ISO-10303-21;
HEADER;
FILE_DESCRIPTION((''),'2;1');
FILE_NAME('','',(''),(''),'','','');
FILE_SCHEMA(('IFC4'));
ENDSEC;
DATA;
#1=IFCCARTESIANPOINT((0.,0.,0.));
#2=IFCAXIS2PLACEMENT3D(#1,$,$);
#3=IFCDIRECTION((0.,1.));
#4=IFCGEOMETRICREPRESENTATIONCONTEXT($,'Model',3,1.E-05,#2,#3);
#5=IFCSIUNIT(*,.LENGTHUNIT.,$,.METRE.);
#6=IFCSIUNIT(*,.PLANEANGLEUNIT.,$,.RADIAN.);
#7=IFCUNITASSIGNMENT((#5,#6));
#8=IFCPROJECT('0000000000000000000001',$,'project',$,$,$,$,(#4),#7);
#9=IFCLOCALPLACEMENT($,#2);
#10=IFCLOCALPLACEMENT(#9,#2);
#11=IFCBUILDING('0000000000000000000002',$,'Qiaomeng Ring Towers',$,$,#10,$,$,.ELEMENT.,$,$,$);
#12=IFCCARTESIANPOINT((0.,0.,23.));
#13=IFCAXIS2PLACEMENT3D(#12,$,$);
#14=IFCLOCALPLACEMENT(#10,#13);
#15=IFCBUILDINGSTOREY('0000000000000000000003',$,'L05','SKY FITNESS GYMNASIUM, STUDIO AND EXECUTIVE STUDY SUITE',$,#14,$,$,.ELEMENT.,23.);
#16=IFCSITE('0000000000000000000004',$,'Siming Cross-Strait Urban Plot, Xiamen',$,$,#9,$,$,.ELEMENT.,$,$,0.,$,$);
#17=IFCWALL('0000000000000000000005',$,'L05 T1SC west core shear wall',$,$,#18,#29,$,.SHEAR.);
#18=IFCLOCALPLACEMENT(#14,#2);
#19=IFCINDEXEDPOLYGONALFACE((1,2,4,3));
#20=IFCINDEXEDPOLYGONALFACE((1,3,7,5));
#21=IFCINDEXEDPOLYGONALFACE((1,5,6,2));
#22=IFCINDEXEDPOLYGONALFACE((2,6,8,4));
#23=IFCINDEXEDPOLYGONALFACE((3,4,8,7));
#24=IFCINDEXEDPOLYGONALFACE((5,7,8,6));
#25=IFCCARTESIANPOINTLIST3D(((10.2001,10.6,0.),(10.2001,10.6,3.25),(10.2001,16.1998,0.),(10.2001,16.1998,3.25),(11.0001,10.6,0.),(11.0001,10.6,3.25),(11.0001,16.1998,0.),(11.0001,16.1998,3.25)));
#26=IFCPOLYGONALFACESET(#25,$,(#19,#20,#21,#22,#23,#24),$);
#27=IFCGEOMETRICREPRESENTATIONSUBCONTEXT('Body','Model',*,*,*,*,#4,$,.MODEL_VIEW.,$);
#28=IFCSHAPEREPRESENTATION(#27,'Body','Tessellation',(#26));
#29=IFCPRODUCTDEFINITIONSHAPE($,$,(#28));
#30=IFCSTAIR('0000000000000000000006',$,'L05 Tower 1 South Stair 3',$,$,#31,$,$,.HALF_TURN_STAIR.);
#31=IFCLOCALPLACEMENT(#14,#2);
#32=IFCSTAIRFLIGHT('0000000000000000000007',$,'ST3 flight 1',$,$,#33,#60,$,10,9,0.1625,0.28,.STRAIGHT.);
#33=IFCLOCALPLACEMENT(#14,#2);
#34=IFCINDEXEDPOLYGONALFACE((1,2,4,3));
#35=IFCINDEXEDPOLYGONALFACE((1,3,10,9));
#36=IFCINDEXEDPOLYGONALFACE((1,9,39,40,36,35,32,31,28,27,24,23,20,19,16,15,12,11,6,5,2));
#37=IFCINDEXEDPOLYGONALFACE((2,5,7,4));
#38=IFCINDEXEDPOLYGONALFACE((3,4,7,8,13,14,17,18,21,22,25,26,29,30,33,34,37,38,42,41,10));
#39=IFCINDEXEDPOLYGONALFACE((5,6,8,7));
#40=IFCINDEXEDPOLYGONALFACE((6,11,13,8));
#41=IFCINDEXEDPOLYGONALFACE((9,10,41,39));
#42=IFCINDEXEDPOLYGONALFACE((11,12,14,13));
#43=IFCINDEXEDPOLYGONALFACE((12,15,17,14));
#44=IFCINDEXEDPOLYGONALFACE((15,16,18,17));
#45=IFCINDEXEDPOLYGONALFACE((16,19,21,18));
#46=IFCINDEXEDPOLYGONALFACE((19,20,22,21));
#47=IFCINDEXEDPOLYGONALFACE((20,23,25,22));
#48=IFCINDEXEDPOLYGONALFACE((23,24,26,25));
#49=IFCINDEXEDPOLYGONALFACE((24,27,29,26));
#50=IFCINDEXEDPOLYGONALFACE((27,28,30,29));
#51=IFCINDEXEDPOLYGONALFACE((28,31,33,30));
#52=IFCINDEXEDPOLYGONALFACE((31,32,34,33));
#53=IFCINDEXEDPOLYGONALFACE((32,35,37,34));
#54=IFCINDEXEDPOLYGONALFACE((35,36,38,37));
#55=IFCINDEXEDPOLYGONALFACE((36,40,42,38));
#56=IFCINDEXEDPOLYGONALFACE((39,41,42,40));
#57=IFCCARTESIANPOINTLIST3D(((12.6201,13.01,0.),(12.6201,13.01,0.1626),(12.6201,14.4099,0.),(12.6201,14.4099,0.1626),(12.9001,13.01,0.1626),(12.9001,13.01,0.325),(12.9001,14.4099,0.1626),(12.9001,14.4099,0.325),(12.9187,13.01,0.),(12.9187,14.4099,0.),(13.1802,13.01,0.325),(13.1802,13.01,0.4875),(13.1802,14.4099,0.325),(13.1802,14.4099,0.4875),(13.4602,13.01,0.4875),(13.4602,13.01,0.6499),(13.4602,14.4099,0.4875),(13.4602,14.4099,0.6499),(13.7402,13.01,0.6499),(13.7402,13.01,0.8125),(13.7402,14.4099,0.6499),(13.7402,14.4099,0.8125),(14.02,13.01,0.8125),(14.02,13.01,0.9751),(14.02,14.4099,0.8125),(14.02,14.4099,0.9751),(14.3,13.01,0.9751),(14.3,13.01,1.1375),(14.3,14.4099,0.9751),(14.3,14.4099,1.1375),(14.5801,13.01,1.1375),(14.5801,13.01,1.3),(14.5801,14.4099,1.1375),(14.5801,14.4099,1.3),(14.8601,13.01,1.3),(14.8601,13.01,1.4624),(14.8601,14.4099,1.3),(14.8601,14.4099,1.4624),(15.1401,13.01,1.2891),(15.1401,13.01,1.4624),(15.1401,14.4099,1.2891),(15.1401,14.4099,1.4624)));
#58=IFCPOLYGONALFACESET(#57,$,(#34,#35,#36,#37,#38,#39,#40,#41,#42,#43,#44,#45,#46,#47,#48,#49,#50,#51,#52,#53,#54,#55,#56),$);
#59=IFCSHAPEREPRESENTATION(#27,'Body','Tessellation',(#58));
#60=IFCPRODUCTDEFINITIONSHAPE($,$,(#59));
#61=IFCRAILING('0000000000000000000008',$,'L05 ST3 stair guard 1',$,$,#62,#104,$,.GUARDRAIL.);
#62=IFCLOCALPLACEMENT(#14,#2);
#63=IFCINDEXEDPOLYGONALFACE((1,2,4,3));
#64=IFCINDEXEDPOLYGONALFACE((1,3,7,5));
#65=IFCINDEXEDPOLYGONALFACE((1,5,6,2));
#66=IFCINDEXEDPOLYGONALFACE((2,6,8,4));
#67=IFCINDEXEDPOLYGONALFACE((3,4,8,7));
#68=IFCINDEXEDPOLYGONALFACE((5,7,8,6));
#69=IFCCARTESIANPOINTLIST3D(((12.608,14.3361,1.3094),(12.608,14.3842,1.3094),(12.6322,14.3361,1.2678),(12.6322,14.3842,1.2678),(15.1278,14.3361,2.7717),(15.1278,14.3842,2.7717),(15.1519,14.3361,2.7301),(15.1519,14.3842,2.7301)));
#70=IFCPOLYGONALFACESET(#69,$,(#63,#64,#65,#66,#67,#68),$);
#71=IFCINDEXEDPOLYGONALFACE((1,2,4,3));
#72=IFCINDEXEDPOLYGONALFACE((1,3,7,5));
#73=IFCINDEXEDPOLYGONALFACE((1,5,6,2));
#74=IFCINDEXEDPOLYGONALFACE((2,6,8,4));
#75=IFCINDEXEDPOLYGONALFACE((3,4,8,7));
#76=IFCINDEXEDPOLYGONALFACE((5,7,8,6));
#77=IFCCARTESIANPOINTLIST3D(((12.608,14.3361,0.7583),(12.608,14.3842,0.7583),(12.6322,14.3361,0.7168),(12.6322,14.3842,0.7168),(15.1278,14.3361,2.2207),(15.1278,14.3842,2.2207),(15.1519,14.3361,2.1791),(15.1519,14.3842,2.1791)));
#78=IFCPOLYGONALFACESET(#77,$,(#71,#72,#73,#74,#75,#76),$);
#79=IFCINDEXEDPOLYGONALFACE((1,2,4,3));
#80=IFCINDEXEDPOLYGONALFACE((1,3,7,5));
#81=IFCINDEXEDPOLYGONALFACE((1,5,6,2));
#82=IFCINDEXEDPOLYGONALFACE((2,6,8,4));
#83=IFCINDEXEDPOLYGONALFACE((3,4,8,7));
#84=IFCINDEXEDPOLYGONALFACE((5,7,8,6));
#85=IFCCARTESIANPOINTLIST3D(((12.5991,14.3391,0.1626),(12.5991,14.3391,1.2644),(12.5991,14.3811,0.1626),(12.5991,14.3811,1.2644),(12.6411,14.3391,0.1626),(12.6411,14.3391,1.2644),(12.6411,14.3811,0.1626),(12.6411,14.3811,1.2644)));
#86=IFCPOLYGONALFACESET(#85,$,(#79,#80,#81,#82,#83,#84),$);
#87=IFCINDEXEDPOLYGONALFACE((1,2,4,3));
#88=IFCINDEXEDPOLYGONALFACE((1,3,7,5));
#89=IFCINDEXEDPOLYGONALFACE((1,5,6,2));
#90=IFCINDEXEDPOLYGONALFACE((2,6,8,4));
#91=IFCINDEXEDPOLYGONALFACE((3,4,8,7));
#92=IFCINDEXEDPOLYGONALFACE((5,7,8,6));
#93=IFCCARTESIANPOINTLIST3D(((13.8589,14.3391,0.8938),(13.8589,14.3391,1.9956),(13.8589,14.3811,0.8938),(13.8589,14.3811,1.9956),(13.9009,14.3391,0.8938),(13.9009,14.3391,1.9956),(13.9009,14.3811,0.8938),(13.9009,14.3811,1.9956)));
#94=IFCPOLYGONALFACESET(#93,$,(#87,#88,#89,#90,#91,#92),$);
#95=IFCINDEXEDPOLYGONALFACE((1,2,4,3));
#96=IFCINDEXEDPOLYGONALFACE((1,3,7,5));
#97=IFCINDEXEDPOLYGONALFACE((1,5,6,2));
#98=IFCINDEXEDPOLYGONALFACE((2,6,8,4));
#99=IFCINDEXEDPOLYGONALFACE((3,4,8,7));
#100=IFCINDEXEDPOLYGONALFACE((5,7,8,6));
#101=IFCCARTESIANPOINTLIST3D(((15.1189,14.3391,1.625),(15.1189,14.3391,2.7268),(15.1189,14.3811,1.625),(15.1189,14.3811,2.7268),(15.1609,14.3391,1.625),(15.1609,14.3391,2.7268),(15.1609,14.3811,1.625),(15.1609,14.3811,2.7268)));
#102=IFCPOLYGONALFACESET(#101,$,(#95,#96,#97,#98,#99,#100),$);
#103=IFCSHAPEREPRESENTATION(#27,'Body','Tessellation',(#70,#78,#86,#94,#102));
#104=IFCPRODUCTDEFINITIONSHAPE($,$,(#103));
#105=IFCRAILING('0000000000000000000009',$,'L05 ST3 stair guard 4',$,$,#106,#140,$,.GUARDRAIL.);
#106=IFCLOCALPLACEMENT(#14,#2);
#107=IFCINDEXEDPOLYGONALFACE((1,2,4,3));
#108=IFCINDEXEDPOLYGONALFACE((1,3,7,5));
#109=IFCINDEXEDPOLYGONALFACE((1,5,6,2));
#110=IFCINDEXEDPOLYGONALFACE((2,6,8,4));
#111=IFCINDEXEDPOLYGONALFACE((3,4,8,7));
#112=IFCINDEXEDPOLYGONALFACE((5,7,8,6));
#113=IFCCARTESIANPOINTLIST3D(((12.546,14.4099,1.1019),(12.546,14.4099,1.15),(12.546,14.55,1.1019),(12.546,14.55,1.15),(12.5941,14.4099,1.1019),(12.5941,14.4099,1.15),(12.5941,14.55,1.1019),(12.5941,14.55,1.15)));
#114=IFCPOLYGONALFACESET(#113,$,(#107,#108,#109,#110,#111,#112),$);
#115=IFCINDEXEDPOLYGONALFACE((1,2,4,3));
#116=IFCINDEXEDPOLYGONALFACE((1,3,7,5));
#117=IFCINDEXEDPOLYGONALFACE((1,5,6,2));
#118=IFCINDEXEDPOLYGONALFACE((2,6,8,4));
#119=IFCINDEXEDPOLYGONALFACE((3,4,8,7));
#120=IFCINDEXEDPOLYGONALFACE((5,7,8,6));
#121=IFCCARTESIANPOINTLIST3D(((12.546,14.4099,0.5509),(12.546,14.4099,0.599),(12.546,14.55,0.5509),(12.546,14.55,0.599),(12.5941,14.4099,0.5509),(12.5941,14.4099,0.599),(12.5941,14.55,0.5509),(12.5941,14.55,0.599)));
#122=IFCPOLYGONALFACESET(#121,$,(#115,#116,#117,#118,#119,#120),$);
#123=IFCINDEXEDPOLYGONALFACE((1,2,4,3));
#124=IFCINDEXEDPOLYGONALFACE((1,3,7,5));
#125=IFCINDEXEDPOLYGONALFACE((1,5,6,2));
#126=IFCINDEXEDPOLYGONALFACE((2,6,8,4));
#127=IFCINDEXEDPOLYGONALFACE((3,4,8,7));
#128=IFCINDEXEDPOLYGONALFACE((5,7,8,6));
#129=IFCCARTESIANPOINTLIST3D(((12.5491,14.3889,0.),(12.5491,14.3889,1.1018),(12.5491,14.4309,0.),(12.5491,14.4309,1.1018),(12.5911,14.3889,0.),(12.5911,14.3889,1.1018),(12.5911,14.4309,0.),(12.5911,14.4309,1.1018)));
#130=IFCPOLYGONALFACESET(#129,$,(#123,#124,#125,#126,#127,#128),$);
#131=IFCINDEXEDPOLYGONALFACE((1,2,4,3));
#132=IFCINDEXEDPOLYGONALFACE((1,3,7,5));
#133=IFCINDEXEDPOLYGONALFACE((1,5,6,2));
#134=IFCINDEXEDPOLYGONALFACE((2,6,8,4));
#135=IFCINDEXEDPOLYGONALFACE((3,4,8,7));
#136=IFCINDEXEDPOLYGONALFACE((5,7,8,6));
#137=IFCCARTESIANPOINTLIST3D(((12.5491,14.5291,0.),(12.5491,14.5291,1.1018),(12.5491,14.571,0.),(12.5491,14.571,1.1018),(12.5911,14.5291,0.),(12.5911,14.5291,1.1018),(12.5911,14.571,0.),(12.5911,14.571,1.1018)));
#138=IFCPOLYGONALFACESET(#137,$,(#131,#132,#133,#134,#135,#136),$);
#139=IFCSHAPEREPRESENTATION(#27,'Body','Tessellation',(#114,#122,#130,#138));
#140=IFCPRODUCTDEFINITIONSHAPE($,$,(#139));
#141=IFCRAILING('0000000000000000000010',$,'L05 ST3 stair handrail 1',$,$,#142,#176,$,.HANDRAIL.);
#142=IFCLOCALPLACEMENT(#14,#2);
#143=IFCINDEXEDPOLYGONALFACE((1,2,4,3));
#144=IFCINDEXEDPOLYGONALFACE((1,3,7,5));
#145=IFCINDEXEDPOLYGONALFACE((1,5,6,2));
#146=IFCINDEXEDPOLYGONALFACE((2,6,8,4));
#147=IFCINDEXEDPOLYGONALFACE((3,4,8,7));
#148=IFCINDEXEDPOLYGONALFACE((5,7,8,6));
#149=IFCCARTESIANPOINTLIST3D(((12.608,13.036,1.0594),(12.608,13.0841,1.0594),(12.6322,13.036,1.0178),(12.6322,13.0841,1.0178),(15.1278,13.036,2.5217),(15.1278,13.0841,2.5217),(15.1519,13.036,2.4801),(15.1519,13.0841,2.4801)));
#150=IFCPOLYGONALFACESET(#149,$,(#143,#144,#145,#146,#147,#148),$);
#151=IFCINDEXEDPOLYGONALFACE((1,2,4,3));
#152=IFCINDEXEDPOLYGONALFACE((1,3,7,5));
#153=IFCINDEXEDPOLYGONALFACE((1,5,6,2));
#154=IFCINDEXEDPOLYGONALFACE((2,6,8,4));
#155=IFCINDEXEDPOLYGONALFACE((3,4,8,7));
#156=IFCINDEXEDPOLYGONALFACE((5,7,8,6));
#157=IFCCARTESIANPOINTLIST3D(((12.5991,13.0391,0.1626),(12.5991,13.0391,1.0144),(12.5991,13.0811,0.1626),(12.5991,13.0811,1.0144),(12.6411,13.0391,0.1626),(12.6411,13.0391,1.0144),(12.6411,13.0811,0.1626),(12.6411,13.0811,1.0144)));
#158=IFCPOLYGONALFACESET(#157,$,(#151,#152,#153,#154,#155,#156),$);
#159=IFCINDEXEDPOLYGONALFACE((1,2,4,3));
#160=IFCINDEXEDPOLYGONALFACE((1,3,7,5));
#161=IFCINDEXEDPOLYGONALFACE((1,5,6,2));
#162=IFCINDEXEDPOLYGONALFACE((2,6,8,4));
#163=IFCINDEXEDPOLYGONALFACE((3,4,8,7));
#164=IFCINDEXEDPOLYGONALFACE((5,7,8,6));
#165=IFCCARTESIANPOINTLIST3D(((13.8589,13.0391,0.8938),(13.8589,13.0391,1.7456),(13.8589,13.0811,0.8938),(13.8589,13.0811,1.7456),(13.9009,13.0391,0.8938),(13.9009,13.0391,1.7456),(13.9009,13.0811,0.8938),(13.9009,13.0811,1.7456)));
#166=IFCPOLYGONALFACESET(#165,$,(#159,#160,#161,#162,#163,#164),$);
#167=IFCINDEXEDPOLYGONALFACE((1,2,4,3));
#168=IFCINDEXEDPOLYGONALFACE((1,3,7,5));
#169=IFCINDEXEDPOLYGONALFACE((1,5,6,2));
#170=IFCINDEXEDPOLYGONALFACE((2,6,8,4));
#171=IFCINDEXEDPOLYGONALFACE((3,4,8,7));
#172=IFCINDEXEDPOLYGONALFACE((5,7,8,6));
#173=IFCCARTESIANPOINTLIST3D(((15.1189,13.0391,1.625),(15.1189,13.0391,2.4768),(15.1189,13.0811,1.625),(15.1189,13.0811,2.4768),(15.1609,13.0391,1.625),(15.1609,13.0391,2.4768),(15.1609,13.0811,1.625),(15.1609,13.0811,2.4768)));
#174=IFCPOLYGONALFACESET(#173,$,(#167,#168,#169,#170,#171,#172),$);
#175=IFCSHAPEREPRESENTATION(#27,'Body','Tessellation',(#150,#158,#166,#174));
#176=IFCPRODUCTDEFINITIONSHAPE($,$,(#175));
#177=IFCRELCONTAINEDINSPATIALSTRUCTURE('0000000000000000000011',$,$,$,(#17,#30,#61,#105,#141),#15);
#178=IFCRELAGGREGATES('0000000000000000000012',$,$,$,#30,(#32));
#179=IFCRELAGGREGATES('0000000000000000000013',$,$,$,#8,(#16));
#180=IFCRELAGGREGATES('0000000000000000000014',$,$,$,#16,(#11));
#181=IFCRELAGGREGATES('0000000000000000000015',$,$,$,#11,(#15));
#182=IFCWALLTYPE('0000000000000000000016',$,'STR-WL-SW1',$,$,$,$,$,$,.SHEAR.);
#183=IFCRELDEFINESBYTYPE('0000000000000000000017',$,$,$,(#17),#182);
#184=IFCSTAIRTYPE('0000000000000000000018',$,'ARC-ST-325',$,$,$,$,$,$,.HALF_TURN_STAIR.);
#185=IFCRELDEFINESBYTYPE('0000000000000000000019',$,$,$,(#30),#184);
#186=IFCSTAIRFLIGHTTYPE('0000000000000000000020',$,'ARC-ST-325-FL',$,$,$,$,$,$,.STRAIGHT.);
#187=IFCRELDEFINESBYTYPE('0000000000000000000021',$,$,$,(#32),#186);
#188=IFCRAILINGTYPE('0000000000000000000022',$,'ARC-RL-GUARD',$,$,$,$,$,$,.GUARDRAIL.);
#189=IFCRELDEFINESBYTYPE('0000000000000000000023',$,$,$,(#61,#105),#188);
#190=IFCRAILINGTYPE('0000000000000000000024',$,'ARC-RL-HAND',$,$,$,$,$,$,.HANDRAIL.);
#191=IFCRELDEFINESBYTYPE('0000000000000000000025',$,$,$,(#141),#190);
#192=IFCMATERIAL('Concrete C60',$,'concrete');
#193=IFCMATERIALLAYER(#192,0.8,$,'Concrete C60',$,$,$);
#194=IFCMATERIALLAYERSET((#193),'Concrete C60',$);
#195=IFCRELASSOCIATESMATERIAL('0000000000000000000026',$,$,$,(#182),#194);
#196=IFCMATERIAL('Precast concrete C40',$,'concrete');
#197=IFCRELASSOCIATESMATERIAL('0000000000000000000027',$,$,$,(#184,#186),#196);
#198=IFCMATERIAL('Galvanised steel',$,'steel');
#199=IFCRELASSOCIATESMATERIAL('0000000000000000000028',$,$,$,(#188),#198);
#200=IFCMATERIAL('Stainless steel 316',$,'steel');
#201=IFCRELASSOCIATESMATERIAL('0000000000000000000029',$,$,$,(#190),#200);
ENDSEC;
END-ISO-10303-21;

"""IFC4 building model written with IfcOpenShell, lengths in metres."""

from ifc_helpers import new_model, si_unit, direction, frame, frame_2d, origin, origin_2d, place, context, subcontext, project, spatial, polyline, rectangle, outline, extrude, source, transform, mapped, material, layer, layer_set, type_object, element, aggregate, save


model = new_model("IFC4")

# Units and contexts
model_context = context("Model", 3, precision=1e-05, world=origin(), true_north=direction((0.0, 1.0)))
body_context = subcontext(model_context, "Body", "Model", "MODEL_VIEW")
ifc_project = project(units=[si_unit("LENGTHUNIT", "METRE"), si_unit("PLANEANGLEUNIT", "RADIAN")], contexts=[model_context])

# Site, building, storey
site_placement = place(None, origin())
site = spatial("IfcSite", under=ifc_project, at=site_placement, Name="Siming Cross-Strait Urban Plot, Xiamen", CompositionType="ELEMENT", RefElevation=0.0)
building_placement = place(site_placement, origin())
building = spatial("IfcBuilding", under=site, at=building_placement, Name="Qiaomeng Ring Towers", CompositionType="ELEMENT")
storey_placement = place(building_placement, frame((0.0, 0.0, 23.0)))
storey = spatial("IfcBuildingStorey", under=building, at=storey_placement, Name="L05", Description="SKY FITNESS GYMNASIUM, STUDIO AND EXECUTIVE STUDY SUITE", CompositionType="ELEMENT", Elevation=23.0)

# Shared definitions
ifc_material_1 = material(Name="Galvanised steel", Category="steel")

# Shared definitions
ifc_material_2 = material(Name="Concrete C60", Category="concrete")
ifc_layer_1 = layer(ifc_material_2, 0.8, Name="Concrete C60")
ifc_layer_set_1 = layer_set([ifc_layer_1], Name="Concrete C60")
wall_type_1 = type_object("IfcWallType", Name="STR-WL-SW1", PredefinedType="SHEAR", material=ifc_layer_set_1)
ifc_material_3 = material(Name="Stainless steel 316", Category="steel")

# Wall
wall_1_placement = place(storey_placement, frame((10.6001, 10.6001, 0.0), z_axis=(0.0, 0.0, 1.0), x_axis=(0.0, 1.0, 0.0)))
element("IfcWall", 1, at=wall_1_placement, inside=storey, type_object=wall_type_1, Name="L05 T1SC west core shear wall", PredefinedType="SHEAR", context=body_context, shape_type="SweptSolid", body=[
    extrude(rectangle(XDim=5.5999, YDim=0.8, at=frame_2d((2.7998, 0.0))), origin(), (0.0, 0.0, 1.0), 3.25),
])

# Stair, stair flight
ifc_material_4 = material(Name="Precast concrete C40", Category="concrete")
stair_type = type_object("IfcStairType", Name="ARC-ST-325", PredefinedType="HALF_TURN_STAIR", material=ifc_material_4)
stair_placement = place(storey_placement, origin())
stair = element("IfcStair", 2, at=stair_placement, inside=storey, type_object=stair_type, Name="L05 Tower 1 South Stair 3", PredefinedType="HALF_TURN_STAIR")
stair_flight_type = type_object("IfcStairFlightType", Name="ARC-ST-325-FL", PredefinedType="STRAIGHT", material=ifc_material_4)
shared_shape_1 = source(origin(), body_context, "Body", "SweptSolid", [
    extrude(outline(polyline([(0.0, 0.0), (0.0, 0.1626), (0.28, 0.1626), (0.28, 0.325), (0.5601, 0.325), (0.5601, 0.4875), (0.8401, 0.4875), (0.8401, 0.6499), (1.1201, 0.6499), (1.1201, 0.8125), (1.3999, 0.8125), (1.3999, 0.9751), (1.6799, 0.9751), (1.6799, 1.1375), (1.96, 1.1375), (1.96, 1.3), (2.24, 1.3), (2.24, 1.4624), (2.52, 1.4624), (2.52, 1.625), (2.52, 1.2891), (0.2986, 0.0), (0.0, 0.0)])), frame((0.0, 0.7, 0.0), z_axis=(0.0, -1.0, 0.0), x_axis=(1.0, 0.0, 0.0)), (0.0, 0.0, 1.0), 1.3999),
])
stair_flight_placement = place(storey_placement, frame((12.6201, 13.71, 0.0), z_axis=(0.0, 0.0, 1.0), x_axis=(1.0, 0.0, 0.0)))
stair_flight = element("IfcStairFlight", 3, at=stair_flight_placement, type_object=stair_flight_type, Name="ST3 flight 1", NumberOfRisers=10, NumberOfTreads=9, PredefinedType="STRAIGHT", RiserHeight=0.1625, TreadLength=0.28, context=body_context, shape_type="MappedRepresentation", body=[
    mapped(shared_shape_1, transform((0.0, 0.0, 0.0), x_axis=(1.0, 0.0, 0.0), y_axis=(0.0, 1.0, 0.0), z_axis=(0.0, 0.0, 1.0), scale=1.0)),
])
aggregate(stair, [stair_flight])

# Railings
railing_type_1 = type_object("IfcRailingType", Name="ARC-RL-GUARD", PredefinedType="GUARDRAIL", material=ifc_material_1)
railing_1_placement = place(storey_placement, frame((12.6201, 14.3601, 0.1626)))
element("IfcRailing", 4, at=railing_1_placement, inside=storey, type_object=railing_type_1, Name="L05 ST3 stair guard 1", PredefinedType="GUARDRAIL", context=body_context, shape_type="SweptSolid", body=[
    extrude(rectangle(XDim=0.0481, YDim=0.0481, at=origin_2d()), frame((0.0, 0.0, 1.126), z_axis=(0.864892, 0.0, 0.501958), x_axis=(0.0, 1.0, 0.0)), (0.0, 0.0, 1.0), 2.9133),
    extrude(rectangle(XDim=0.0481, YDim=0.0481, at=origin_2d()), frame((0.0, 0.0, 0.575), z_axis=(0.864892, 0.0, 0.501958), x_axis=(0.0, 1.0, 0.0)), (0.0, 0.0, 1.0), 2.9133),
    extrude(rectangle(XDim=0.042, YDim=0.042, at=origin_2d()), origin(), (0.0, 0.0, 1.0), 1.1018),
    extrude(rectangle(XDim=0.042, YDim=0.042, at=origin_2d()), frame((1.2598, 0.0, 0.7312)), (0.0, 0.0, 1.0), 1.1018),
    extrude(rectangle(XDim=0.042, YDim=0.042, at=origin_2d()), frame((2.5198, 0.0, 1.4624)), (0.0, 0.0, 1.0), 1.1018),
])
railing_2_placement = place(storey_placement, frame((12.5701, 14.4099, 0.0)))
element("IfcRailing", 5, at=railing_2_placement, inside=storey, type_object=railing_type_1, Name="L05 ST3 stair guard 4", PredefinedType="GUARDRAIL", context=body_context, shape_type="SweptSolid", body=[
    extrude(rectangle(XDim=0.0481, YDim=0.0481, at=origin_2d()), frame((0.0, 0.0, 1.126), z_axis=(0.0, 1.0, 0.0), x_axis=(-1.0, 0.0, 0.0)), (0.0, 0.0, 1.0), 0.1401),
    extrude(rectangle(XDim=0.0481, YDim=0.0481, at=origin_2d()), frame((0.0, 0.0, 0.575), z_axis=(0.0, 1.0, 0.0), x_axis=(-1.0, 0.0, 0.0)), (0.0, 0.0, 1.0), 0.1401),
    extrude(rectangle(XDim=0.042, YDim=0.042, at=origin_2d()), origin(), (0.0, 0.0, 1.0), 1.1018),
    extrude(rectangle(XDim=0.042, YDim=0.042, at=origin_2d()), frame((0.0, 0.1401, 0.0)), (0.0, 0.0, 1.0), 1.1018),
])
railing_type_2 = type_object("IfcRailingType", Name="ARC-RL-HAND", PredefinedType="HANDRAIL", material=ifc_material_3)
railing_3_placement = place(storey_placement, frame((12.6201, 13.0601, 0.1626)))
element("IfcRailing", 6, at=railing_3_placement, inside=storey, type_object=railing_type_2, Name="L05 ST3 stair handrail 1", PredefinedType="HANDRAIL", context=body_context, shape_type="SweptSolid", body=[
    extrude(rectangle(XDim=0.0481, YDim=0.0481, at=origin_2d()), frame((0.0, 0.0, 0.876), z_axis=(0.864892, 0.0, 0.501958), x_axis=(0.0, 1.0, 0.0)), (0.0, 0.0, 1.0), 2.9133),
    extrude(rectangle(XDim=0.042, YDim=0.042, at=origin_2d()), origin(), (0.0, 0.0, 1.0), 0.8518),
    extrude(rectangle(XDim=0.042, YDim=0.042, at=origin_2d()), frame((1.2598, 0.0, 0.7312)), (0.0, 0.0, 1.0), 0.8518),
    extrude(rectangle(XDim=0.042, YDim=0.042, at=origin_2d()), frame((2.5198, 0.0, 1.4624)), (0.0, 0.0, 1.0), 0.8518),
])

save(model, "model.ifc")
